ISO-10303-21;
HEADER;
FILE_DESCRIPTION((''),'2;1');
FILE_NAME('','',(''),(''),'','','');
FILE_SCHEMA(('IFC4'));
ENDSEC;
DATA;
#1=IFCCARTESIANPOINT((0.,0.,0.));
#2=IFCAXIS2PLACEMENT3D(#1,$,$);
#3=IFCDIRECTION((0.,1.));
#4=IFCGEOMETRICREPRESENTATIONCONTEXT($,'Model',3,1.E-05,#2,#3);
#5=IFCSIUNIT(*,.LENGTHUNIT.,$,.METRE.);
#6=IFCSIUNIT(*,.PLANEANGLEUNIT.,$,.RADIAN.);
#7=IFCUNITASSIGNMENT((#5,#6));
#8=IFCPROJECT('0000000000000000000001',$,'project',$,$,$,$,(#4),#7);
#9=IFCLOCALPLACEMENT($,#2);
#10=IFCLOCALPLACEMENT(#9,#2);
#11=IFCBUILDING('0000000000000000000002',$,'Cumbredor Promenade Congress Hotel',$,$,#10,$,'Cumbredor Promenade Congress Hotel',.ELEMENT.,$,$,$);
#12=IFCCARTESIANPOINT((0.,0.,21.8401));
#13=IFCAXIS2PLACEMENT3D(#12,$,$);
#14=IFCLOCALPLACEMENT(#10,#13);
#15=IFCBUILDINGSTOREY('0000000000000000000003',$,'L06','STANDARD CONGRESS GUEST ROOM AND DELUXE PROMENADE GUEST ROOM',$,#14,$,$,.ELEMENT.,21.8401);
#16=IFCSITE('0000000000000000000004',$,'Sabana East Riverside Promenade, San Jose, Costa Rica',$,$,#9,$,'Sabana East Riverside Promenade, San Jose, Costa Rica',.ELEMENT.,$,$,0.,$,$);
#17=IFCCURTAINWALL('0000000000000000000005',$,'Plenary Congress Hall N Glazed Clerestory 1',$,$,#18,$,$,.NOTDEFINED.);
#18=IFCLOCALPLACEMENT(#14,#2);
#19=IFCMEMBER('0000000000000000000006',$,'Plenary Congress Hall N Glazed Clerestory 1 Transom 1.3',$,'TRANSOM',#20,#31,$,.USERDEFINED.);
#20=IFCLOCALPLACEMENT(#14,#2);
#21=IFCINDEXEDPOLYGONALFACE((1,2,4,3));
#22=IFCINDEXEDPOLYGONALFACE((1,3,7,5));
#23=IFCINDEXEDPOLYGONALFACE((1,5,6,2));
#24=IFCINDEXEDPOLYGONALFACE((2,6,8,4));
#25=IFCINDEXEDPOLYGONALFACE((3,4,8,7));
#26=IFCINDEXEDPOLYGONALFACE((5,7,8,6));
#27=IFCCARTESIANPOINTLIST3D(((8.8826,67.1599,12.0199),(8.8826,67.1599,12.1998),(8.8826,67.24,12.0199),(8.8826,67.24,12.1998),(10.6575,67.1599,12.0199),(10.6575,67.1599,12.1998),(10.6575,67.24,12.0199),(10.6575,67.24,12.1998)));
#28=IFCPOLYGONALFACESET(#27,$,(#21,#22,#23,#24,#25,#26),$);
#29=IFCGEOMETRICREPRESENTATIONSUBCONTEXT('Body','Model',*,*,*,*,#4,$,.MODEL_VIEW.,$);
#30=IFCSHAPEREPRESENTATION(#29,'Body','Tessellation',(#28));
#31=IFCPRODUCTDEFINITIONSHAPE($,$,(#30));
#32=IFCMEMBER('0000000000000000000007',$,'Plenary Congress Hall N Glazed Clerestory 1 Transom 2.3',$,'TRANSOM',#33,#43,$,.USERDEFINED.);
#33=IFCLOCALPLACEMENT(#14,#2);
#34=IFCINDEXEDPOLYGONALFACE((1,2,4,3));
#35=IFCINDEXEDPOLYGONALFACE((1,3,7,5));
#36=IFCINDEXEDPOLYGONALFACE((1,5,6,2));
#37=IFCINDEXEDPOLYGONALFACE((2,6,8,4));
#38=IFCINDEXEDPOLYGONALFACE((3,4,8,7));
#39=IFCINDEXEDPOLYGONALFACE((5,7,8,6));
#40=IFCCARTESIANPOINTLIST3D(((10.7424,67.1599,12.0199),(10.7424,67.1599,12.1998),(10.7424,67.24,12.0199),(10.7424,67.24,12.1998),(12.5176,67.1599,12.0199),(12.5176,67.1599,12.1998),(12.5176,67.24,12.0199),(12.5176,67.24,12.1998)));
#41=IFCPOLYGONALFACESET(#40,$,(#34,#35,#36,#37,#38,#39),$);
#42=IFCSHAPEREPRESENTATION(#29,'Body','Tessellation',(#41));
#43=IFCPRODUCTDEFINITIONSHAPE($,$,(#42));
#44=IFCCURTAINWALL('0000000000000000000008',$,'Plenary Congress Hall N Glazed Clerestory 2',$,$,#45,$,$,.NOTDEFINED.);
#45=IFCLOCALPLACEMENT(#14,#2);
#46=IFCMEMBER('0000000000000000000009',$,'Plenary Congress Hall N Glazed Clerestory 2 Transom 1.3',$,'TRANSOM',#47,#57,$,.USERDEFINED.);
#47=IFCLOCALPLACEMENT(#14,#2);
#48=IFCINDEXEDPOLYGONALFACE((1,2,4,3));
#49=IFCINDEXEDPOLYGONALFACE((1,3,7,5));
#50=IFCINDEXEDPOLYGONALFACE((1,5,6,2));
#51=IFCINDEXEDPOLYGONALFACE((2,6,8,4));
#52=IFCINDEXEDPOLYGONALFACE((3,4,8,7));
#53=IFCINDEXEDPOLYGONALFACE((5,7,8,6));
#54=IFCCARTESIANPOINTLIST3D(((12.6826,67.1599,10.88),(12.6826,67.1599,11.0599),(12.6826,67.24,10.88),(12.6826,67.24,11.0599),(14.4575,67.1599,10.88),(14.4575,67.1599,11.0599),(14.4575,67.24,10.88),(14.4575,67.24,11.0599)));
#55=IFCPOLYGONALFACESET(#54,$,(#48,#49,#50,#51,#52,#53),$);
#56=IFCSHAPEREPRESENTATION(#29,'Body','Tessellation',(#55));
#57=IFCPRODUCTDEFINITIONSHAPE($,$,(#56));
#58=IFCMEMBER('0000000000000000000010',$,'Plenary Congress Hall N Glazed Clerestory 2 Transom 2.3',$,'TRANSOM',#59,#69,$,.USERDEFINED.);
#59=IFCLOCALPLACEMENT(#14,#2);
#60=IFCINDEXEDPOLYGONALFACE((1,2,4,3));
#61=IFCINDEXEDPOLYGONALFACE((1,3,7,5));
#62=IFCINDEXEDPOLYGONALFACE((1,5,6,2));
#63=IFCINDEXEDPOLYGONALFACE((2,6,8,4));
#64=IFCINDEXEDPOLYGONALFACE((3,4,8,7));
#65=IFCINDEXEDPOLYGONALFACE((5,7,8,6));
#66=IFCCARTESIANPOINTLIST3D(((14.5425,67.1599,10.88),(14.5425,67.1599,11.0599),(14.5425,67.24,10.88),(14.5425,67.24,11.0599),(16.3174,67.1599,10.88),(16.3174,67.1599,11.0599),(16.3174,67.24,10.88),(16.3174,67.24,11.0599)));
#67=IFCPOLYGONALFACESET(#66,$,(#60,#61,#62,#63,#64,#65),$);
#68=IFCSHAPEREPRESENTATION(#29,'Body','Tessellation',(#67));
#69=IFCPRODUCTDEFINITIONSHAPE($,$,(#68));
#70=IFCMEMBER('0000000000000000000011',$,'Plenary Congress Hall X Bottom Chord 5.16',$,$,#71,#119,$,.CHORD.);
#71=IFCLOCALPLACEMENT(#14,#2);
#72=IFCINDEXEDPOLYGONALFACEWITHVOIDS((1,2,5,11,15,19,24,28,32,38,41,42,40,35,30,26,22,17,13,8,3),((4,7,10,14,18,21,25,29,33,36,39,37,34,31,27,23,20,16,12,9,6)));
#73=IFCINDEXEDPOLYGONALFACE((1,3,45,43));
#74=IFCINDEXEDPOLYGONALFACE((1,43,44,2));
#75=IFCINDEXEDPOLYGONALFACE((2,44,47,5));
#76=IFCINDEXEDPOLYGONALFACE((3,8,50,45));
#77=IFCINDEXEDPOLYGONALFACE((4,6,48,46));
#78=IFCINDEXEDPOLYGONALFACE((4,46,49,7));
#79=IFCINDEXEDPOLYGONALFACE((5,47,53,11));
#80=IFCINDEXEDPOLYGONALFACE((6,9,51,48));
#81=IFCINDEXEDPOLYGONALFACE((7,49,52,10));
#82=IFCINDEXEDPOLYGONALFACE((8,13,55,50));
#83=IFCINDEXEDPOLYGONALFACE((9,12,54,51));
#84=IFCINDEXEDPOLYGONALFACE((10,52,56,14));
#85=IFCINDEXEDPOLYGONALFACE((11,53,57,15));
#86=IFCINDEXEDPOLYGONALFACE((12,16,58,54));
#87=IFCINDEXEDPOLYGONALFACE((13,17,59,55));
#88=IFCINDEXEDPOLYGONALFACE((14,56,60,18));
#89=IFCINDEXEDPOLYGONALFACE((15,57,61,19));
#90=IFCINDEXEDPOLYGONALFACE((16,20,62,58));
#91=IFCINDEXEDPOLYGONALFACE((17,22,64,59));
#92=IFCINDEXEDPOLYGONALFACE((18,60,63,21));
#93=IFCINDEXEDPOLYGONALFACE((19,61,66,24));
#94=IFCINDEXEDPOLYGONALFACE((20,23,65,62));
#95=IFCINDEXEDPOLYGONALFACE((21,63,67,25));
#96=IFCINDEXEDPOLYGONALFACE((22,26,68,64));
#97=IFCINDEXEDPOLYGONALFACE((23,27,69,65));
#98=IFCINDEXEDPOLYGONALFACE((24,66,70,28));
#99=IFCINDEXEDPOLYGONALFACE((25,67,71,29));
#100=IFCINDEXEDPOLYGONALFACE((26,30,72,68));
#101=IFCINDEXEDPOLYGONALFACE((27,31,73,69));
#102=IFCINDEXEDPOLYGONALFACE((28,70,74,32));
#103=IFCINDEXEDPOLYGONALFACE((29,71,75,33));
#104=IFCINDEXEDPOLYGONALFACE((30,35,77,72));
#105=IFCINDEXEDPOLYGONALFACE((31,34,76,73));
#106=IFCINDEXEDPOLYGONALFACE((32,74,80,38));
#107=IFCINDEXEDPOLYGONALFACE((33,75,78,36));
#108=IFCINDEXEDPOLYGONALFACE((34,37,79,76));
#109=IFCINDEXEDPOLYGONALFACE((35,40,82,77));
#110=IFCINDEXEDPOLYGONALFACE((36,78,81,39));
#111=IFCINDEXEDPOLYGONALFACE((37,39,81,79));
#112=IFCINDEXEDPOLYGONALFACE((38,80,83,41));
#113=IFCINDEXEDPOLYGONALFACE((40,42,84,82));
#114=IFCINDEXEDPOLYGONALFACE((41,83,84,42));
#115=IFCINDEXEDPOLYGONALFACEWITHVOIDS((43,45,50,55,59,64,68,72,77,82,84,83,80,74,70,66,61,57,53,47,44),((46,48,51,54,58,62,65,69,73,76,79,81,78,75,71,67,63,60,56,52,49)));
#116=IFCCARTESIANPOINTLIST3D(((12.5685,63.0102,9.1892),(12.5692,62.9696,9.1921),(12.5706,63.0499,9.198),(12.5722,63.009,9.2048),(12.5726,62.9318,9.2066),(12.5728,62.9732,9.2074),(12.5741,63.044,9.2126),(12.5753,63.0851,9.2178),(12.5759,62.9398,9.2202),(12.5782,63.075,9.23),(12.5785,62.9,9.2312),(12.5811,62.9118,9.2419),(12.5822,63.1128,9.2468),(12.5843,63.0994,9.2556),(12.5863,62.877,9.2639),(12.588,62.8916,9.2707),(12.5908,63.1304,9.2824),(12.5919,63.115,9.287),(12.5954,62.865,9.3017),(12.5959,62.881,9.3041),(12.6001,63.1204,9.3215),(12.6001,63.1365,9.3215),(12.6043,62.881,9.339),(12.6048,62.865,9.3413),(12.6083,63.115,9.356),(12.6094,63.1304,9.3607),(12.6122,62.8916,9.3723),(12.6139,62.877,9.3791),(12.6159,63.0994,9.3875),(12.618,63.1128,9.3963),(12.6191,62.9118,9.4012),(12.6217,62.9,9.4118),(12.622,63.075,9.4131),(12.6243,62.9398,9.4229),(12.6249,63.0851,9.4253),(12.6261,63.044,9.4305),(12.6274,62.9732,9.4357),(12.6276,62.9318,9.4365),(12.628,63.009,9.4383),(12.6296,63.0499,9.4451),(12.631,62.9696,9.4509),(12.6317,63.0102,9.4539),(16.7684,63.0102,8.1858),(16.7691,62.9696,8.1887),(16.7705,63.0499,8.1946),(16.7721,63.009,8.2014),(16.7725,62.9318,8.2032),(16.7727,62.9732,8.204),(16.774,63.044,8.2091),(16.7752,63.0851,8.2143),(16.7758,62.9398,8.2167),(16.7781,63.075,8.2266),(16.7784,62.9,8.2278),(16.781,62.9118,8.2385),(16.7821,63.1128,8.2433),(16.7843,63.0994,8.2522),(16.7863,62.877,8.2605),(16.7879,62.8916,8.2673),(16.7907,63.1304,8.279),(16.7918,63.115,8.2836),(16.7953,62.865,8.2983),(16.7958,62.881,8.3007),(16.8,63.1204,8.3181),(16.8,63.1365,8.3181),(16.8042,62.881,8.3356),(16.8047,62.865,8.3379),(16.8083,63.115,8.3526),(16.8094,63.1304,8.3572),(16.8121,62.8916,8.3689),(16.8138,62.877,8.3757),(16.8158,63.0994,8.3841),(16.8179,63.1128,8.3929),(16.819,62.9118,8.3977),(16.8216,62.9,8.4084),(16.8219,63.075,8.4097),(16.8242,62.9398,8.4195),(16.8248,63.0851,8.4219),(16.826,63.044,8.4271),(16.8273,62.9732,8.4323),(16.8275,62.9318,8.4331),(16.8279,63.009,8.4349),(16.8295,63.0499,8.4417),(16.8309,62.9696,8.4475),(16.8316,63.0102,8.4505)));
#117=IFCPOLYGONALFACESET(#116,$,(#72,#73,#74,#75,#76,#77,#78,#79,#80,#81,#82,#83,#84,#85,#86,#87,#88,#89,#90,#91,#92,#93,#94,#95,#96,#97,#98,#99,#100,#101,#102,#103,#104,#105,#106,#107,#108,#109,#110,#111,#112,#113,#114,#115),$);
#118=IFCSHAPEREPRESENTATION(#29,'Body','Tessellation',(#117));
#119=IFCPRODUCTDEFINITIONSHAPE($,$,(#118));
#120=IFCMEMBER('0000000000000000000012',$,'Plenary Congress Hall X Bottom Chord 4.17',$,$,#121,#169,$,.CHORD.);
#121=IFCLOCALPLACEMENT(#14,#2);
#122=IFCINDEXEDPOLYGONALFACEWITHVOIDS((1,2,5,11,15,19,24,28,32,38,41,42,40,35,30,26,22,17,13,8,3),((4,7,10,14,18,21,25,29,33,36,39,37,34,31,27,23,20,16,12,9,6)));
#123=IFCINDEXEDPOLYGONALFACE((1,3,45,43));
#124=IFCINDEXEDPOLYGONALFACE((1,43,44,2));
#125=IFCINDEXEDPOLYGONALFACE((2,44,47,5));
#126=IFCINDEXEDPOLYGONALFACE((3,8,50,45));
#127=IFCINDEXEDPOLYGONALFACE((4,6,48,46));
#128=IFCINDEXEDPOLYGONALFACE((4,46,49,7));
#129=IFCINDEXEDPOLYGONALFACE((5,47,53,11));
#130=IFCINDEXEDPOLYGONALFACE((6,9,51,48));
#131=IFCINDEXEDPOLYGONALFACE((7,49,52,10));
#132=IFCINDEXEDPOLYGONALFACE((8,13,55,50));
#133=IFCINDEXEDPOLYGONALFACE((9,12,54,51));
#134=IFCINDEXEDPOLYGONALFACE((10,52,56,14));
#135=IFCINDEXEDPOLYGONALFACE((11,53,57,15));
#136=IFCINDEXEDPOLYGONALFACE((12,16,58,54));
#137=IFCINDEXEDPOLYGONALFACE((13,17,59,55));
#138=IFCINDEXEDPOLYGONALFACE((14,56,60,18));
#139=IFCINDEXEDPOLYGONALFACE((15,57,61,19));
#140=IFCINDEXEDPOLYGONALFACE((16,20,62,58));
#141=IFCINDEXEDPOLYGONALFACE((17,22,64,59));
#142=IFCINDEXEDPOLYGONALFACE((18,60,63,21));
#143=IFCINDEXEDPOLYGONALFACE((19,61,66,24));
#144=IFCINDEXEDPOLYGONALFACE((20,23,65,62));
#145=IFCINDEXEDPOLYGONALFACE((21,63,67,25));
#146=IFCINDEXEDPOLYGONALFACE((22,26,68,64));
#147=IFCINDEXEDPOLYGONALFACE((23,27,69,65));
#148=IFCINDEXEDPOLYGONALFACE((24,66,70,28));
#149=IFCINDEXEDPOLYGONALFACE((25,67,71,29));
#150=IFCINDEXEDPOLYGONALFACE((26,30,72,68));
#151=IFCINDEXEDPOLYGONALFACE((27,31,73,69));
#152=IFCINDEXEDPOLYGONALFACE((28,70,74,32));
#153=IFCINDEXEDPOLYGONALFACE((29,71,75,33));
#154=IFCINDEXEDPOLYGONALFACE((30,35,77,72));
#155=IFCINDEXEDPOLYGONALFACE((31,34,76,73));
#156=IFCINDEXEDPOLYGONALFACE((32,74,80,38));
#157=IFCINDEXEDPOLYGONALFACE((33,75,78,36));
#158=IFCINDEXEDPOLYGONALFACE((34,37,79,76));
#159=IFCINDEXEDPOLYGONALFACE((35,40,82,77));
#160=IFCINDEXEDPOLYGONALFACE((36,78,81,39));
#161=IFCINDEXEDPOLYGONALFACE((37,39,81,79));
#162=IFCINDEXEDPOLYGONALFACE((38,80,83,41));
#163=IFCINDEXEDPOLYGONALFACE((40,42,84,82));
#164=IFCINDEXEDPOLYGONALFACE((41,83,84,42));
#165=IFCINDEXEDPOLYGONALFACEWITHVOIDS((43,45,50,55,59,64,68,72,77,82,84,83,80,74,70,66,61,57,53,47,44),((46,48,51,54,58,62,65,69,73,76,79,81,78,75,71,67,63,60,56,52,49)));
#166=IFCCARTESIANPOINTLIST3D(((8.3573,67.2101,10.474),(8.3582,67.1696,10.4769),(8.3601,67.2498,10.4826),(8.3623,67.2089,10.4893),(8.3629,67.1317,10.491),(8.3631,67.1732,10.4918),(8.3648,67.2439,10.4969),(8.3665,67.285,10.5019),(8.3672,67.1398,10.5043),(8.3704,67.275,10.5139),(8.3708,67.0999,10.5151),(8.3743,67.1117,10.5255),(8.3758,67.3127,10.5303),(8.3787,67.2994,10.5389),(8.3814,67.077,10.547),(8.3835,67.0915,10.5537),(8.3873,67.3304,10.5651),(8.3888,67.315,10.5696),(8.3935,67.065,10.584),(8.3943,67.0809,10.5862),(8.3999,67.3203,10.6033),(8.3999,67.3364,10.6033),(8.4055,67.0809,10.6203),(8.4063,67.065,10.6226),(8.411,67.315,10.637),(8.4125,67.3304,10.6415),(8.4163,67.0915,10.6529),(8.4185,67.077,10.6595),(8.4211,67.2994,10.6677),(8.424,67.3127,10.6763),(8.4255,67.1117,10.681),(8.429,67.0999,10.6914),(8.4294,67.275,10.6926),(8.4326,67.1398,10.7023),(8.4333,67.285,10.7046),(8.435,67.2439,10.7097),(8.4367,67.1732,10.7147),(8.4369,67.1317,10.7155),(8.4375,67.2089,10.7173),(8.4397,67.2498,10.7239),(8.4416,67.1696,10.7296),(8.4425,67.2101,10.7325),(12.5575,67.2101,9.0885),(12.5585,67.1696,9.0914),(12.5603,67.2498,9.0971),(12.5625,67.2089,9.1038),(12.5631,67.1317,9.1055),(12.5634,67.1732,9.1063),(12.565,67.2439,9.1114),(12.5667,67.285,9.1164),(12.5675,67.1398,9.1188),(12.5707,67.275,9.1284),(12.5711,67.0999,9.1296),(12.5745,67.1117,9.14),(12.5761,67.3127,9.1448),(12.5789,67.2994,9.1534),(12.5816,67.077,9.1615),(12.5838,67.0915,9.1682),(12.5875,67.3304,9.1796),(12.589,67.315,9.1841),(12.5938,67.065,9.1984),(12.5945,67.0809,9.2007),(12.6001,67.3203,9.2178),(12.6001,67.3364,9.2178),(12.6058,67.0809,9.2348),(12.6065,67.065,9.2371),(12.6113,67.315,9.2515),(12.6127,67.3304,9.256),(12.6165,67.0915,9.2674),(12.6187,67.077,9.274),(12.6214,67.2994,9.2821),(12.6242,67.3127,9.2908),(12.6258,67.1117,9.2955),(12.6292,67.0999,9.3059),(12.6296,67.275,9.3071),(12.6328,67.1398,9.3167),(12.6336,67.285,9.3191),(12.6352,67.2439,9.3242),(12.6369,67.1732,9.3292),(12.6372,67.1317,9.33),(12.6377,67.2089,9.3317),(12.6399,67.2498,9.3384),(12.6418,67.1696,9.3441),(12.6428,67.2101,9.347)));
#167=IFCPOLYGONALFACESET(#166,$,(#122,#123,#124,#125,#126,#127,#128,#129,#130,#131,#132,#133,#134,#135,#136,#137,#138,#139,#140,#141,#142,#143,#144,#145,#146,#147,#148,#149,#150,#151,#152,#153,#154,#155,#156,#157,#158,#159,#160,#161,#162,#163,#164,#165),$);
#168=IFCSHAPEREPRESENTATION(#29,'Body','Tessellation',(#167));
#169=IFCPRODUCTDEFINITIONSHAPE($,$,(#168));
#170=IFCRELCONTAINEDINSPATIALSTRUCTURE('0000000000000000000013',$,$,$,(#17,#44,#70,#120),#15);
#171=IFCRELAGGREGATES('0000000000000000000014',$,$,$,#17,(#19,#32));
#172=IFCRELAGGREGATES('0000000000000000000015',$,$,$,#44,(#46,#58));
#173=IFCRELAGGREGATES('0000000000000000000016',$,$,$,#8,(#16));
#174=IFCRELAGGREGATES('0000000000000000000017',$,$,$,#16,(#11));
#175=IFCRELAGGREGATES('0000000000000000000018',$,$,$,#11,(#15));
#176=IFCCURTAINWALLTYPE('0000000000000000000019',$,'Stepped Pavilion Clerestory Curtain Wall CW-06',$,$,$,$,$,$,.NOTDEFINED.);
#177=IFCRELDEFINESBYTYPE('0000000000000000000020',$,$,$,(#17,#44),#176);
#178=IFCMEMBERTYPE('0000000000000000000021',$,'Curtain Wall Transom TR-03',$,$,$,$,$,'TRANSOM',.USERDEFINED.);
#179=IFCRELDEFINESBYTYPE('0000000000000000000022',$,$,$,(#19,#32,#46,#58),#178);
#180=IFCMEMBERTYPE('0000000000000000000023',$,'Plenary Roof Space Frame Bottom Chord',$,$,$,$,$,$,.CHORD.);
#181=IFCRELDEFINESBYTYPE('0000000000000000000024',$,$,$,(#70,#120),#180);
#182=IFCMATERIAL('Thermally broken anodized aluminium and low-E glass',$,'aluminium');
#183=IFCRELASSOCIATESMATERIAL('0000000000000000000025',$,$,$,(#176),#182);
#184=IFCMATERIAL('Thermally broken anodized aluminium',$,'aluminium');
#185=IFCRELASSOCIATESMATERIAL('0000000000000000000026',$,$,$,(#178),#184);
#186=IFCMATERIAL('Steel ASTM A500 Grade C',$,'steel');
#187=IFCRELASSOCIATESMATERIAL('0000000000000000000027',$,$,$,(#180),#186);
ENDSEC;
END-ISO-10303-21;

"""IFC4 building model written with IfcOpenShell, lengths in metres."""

from ifc_helpers import new_model, si_unit, direction, frame, origin, origin_2d, place, context, subcontext, project, spatial, rectangle, hollow_circle, extrude, material, material_profile, profile_set, type_object, element, aggregate, save


model = new_model("IFC4")

# Units and contexts
model_context = context("Model", 3, precision=1e-05, world=origin(), true_north=direction((0.0, 1.0)))
body_context = subcontext(model_context, "Body", "Model", "MODEL_VIEW")
ifc_project = project(units=[si_unit("LENGTHUNIT", "METRE"), si_unit("PLANEANGLEUNIT", "RADIAN")], contexts=[model_context])

# Site, building, storey
site_placement = place(None, origin())
site = spatial("IfcSite", under=ifc_project, at=site_placement, Name="Sabana East Riverside Promenade, San Jose, Costa Rica", LongName="Sabana East Riverside Promenade, San Jose, Costa Rica", CompositionType="ELEMENT", RefElevation=0.0)
building_placement = place(site_placement, origin())
building = spatial("IfcBuilding", under=site, at=building_placement, Name="Cumbredor Promenade Congress Hotel", LongName="Cumbredor Promenade Congress Hotel", CompositionType="ELEMENT")
storey_placement = place(building_placement, frame((0.0, 0.0, 21.8401)))
storey = spatial("IfcBuildingStorey", under=building, at=storey_placement, Name="L06", Description="STANDARD CONGRESS GUEST ROOM AND DELUXE PROMENADE GUEST ROOM", CompositionType="ELEMENT", Elevation=21.8401)

# Curtain walls, members
ifc_material_1 = material(Name="Thermally broken anodized aluminium and low-E glass", Category="aluminium")
curtain_wall_type = type_object("IfcCurtainWallType", Name="Stepped Pavilion Clerestory Curtain Wall CW-06", PredefinedType="NOTDEFINED", material=ifc_material_1)
curtain_wall_1_placement = place(storey_placement, origin())
curtain_wall_1 = element("IfcCurtainWall", 1, at=curtain_wall_1_placement, inside=storey, type_object=curtain_wall_type, Name="Plenary Congress Hall N Glazed Clerestory 1", PredefinedType="NOTDEFINED")
ifc_material_2 = material(Name="Thermally broken anodized aluminium", Category="aluminium")
ifc_material_profile_1 = material_profile(ifc_material_2, rectangle(XDim=0.0801, YDim=0.1799, at=origin_2d()), Name="ALU TRANSOM 80x180")
ifc_profile_set_1 = profile_set([ifc_material_profile_1], Name="Thermally broken anodized aluminium")
member_type_1 = type_object("IfcMemberType", Name="Curtain Wall Transom TR-03", ElementType="TRANSOM", PredefinedType="USERDEFINED", material=ifc_profile_set_1)
member_1_placement = place(storey_placement, frame((8.8826, 67.2, 12.1099), z_axis=(1.0, 0.0, 0.0), x_axis=(0.0, 1.0, 0.0)))
member_1 = element("IfcMember", 2, at=member_1_placement, type_object=member_type_1, Name="Plenary Congress Hall N Glazed Clerestory 1 Transom 1.3", ObjectType="TRANSOM", PredefinedType="USERDEFINED", context=body_context, shape_type="SweptSolid", body=[
    extrude(rectangle(XDim=0.0801, YDim=0.1799, at=origin_2d()), origin(), (0.0, 0.0, 1.0), 1.7749),
])
member_2_placement = place(storey_placement, frame((10.7424, 67.2, 12.1099), z_axis=(1.0, 0.0, 0.0), x_axis=(0.0, 1.0, 0.0)))
member_2 = element("IfcMember", 3, at=member_2_placement, type_object=member_type_1, Name="Plenary Congress Hall N Glazed Clerestory 1 Transom 2.3", ObjectType="TRANSOM", PredefinedType="USERDEFINED", context=body_context, shape_type="SweptSolid", body=[
    extrude(rectangle(XDim=0.0801, YDim=0.1799, at=origin_2d()), origin(), (0.0, 0.0, 1.0), 1.7751),
])
aggregate(curtain_wall_1, [member_1, member_2])
curtain_wall_2_placement = place(storey_placement, origin())
curtain_wall_2 = element("IfcCurtainWall", 4, at=curtain_wall_2_placement, inside=storey, type_object=curtain_wall_type, Name="Plenary Congress Hall N Glazed Clerestory 2", PredefinedType="NOTDEFINED")
member_3_placement = place(storey_placement, frame((12.6826, 67.2, 10.97), z_axis=(1.0, 0.0, 0.0), x_axis=(0.0, 1.0, 0.0)))
member_3 = element("IfcMember", 5, at=member_3_placement, type_object=member_type_1, Name="Plenary Congress Hall N Glazed Clerestory 2 Transom 1.3", ObjectType="TRANSOM", PredefinedType="USERDEFINED", context=body_context, shape_type="SweptSolid", body=[
    extrude(rectangle(XDim=0.0801, YDim=0.1799, at=origin_2d()), origin(), (0.0, 0.0, 1.0), 1.7749),
])
member_4_placement = place(storey_placement, frame((14.5425, 67.2, 10.97), z_axis=(1.0, 0.0, 0.0), x_axis=(0.0, 1.0, 0.0)))
member_4 = element("IfcMember", 6, at=member_4_placement, type_object=member_type_1, Name="Plenary Congress Hall N Glazed Clerestory 2 Transom 2.3", ObjectType="TRANSOM", PredefinedType="USERDEFINED", context=body_context, shape_type="SweptSolid", body=[
    extrude(rectangle(XDim=0.0801, YDim=0.1799, at=origin_2d()), origin(), (0.0, 0.0, 1.0), 1.7749),
])
aggregate(curtain_wall_2, [member_3, member_4])

# Members
ifc_material_3 = material(Name="Steel ASTM A500 Grade C", Category="steel")
ifc_material_profile_2 = material_profile(ifc_material_3, hollow_circle(Radius=0.1365, WallThickness=0.0161, at=origin_2d()), Name="CHS 273.0x16")
ifc_profile_set_2 = profile_set([ifc_material_profile_2], Name="Steel ASTM A500 Grade C")
member_type_2 = type_object("IfcMemberType", Name="Plenary Roof Space Frame Bottom Chord", PredefinedType="CHORD", material=ifc_profile_set_2)
member_5_placement = place(storey_placement, frame((12.6001, 63.0, 9.3215), z_axis=(0.972627, 0.0, -0.232372), x_axis=(0.0, 1.0, 0.0)))
element("IfcMember", 7, at=member_5_placement, inside=storey, type_object=member_type_2, Name="Plenary Congress Hall X Bottom Chord 5.16", PredefinedType="CHORD", context=body_context, shape_type="SweptSolid", body=[
    extrude(hollow_circle(Radius=0.1365, WallThickness=0.0161, at=origin_2d()), origin(), (0.0, 0.0, 1.0), 4.3181),
])
member_6_placement = place(storey_placement, frame((8.3999, 67.2, 10.6033), z_axis=(0.949667, 0.0, -0.313262), x_axis=(0.0, 1.0, 0.0)))
element("IfcMember", 8, at=member_6_placement, inside=storey, type_object=member_type_2, Name="Plenary Congress Hall X Bottom Chord 4.17", PredefinedType="CHORD", context=body_context, shape_type="SweptSolid", body=[
    extrude(hollow_circle(Radius=0.1365, WallThickness=0.0161, at=origin_2d()), origin(), (0.0, 0.0, 1.0), 4.4229),
])

save(model, "model.ifc")
